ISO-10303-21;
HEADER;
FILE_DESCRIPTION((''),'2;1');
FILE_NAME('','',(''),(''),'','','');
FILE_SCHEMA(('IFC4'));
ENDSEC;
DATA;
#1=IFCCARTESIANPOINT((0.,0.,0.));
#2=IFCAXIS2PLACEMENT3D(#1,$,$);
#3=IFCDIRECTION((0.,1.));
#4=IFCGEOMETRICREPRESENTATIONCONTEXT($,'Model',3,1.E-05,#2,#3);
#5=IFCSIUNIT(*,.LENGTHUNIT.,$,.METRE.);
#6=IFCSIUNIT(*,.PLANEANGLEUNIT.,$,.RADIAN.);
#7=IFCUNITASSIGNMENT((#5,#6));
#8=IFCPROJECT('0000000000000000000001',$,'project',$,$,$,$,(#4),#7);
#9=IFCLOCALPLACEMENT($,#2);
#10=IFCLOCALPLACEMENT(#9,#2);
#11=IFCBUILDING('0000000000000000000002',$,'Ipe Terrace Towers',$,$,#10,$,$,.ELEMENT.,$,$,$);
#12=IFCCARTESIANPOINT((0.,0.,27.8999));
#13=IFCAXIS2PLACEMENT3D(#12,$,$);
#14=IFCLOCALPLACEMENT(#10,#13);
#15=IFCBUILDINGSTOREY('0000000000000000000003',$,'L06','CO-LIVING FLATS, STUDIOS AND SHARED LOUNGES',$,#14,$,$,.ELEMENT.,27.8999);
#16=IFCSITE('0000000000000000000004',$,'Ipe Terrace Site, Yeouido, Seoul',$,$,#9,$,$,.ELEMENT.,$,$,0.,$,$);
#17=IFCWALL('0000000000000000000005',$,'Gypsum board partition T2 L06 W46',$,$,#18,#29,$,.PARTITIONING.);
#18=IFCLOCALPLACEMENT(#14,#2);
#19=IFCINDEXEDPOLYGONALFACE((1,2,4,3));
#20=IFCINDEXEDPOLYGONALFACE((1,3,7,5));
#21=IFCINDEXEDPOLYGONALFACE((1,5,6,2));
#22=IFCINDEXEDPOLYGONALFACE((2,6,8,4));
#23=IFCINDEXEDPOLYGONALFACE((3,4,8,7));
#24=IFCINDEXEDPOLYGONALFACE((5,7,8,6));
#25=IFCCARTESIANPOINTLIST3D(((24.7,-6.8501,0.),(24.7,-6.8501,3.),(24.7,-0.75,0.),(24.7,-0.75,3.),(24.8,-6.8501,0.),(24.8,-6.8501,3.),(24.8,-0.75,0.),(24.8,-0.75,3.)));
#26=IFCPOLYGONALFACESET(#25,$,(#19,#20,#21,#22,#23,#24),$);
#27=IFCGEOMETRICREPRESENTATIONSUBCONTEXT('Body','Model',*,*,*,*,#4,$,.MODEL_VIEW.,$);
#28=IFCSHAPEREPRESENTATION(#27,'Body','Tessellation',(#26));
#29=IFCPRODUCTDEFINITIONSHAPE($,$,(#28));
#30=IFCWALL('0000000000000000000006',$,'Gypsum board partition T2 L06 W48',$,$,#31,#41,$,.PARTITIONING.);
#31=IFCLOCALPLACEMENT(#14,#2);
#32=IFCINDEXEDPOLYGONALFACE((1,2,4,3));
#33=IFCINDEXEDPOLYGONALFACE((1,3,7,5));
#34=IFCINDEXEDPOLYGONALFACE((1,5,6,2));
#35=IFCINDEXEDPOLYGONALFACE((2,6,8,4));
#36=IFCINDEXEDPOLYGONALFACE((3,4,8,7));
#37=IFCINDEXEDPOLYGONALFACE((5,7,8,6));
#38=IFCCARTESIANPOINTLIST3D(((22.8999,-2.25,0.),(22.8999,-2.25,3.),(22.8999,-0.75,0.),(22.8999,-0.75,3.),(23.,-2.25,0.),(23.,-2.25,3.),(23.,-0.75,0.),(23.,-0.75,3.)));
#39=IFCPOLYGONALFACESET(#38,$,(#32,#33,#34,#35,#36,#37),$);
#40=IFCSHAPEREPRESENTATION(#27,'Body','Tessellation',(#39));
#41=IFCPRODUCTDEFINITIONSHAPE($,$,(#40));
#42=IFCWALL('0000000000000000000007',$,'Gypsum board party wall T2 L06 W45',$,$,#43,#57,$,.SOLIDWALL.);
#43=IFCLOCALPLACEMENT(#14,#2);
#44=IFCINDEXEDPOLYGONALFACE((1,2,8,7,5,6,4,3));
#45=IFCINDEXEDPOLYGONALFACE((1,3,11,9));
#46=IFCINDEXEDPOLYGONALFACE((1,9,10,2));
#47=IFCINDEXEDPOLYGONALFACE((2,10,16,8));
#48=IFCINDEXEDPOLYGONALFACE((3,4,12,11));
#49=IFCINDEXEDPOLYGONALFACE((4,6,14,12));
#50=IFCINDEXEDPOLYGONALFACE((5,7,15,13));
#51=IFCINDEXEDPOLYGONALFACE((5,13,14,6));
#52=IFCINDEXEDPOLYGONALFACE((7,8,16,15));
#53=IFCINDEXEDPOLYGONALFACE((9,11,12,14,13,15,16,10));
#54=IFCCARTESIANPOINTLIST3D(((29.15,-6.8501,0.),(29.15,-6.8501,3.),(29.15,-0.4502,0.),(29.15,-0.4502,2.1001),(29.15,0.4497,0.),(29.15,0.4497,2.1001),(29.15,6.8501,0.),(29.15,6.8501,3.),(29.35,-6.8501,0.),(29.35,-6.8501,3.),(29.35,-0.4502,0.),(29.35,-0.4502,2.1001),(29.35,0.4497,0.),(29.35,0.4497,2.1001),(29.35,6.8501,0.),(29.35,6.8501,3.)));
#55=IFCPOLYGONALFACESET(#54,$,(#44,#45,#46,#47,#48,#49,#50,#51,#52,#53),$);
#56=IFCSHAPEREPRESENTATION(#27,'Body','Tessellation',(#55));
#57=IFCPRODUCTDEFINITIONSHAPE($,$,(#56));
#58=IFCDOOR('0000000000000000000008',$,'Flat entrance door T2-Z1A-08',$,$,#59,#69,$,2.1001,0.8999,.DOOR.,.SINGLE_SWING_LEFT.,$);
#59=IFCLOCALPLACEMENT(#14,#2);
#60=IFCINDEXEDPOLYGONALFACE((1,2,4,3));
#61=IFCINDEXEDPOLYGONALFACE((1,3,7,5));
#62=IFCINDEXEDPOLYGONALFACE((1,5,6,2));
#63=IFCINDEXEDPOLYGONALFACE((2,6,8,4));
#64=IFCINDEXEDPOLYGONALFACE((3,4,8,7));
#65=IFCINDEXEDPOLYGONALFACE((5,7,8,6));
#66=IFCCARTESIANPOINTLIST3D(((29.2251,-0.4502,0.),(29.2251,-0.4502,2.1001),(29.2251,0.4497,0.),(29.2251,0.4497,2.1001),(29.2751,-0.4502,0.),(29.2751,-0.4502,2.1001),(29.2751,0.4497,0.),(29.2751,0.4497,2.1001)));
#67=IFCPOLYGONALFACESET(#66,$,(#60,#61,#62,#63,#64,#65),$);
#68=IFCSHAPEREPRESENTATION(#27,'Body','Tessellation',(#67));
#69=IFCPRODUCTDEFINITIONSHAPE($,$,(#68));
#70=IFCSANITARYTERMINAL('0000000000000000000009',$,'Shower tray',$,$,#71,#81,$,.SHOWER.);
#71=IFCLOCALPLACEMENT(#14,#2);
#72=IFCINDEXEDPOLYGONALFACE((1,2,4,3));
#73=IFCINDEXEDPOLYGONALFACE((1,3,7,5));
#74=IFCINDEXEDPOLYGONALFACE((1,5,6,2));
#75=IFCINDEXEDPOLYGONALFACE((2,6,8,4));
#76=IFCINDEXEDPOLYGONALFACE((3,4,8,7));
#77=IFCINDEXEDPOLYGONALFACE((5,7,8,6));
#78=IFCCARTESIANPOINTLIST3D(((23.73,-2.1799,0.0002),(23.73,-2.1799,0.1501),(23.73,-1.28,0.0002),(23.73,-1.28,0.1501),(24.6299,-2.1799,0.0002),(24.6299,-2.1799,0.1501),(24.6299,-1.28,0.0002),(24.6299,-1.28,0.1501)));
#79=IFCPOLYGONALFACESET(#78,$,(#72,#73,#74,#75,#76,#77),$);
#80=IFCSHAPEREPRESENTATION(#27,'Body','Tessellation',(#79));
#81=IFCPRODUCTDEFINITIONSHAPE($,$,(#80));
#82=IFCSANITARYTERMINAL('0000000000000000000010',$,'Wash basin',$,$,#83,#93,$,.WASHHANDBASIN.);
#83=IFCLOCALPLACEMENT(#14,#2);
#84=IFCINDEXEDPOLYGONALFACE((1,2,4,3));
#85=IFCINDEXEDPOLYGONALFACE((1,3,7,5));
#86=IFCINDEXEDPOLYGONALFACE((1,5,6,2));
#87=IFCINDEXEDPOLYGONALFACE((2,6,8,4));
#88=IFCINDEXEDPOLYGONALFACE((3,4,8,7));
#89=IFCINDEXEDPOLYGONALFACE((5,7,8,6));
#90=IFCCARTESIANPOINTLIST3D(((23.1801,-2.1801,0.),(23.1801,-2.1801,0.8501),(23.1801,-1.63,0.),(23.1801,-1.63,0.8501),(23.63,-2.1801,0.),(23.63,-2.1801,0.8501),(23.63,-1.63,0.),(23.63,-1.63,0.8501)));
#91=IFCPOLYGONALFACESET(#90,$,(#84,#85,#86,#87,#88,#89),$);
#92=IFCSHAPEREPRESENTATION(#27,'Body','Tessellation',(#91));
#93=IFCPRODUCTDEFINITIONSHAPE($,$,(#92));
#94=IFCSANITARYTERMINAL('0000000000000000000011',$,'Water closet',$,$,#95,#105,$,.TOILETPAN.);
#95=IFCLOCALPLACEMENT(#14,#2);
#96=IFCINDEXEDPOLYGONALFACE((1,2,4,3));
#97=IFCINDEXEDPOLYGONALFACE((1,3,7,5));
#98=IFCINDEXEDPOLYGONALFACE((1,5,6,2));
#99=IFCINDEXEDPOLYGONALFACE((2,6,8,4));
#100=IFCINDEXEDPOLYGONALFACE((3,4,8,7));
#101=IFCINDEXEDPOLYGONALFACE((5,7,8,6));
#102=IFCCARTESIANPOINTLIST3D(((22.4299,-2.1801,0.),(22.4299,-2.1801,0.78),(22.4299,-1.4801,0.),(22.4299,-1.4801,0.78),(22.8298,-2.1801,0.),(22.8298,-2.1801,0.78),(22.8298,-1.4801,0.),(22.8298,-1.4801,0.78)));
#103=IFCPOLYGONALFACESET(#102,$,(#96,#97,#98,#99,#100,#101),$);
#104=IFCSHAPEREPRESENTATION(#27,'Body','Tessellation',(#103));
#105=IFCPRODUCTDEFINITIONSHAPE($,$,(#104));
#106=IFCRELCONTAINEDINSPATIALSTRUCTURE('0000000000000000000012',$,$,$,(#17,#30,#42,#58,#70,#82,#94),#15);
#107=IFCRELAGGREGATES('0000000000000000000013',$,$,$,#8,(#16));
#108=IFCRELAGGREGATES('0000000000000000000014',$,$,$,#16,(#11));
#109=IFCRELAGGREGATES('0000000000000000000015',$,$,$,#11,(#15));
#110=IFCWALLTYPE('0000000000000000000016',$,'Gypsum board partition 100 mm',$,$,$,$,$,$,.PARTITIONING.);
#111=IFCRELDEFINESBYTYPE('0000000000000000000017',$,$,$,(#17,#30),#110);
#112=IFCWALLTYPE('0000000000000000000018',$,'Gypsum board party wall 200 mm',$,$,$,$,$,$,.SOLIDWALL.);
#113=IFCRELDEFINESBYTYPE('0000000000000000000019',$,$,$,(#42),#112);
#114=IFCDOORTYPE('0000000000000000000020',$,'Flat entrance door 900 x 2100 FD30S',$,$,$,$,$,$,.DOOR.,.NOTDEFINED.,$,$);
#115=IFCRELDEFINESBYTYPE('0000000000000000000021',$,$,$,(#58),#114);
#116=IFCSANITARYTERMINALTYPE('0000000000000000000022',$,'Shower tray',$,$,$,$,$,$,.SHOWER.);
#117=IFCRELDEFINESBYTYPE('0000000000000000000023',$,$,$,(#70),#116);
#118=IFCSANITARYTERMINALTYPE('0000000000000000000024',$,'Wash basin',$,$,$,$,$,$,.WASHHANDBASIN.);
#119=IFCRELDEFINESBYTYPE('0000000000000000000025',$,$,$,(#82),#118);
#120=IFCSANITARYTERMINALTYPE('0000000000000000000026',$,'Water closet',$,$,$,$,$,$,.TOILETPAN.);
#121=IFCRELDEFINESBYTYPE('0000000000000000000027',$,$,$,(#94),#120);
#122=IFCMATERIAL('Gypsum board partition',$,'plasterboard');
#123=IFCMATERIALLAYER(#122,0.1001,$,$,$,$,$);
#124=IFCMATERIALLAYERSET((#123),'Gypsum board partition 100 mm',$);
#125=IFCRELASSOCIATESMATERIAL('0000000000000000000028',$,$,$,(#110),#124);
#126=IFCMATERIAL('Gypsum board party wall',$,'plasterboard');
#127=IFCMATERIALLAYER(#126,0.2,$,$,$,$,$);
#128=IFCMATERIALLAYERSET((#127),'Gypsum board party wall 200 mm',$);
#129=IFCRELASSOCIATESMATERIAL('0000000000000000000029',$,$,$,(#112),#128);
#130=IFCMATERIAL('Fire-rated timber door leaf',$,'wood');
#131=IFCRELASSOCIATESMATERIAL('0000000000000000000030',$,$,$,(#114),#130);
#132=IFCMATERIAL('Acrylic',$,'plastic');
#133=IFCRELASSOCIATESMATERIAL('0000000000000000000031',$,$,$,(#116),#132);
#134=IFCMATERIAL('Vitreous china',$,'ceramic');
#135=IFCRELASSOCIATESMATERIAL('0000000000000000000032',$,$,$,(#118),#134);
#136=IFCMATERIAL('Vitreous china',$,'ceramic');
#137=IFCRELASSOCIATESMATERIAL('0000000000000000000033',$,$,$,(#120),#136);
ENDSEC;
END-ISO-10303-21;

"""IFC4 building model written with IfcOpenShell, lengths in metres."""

from ifc_helpers import new_model, si_unit, direction, frame, frame_2d, origin, origin_2d, place, context, subcontext, project, spatial, rectangle, extrude, material, layer, layer_set, type_object, element, fill, save


model = new_model("IFC4")

# Units and contexts
model_context = context("Model", 3, precision=1e-05, world=origin(), true_north=direction((0.0, 1.0)))
body_context = subcontext(model_context, "Body", "Model", "MODEL_VIEW")
ifc_project = project(units=[si_unit("LENGTHUNIT", "METRE"), si_unit("PLANEANGLEUNIT", "RADIAN")], contexts=[model_context])

# Site, building, storey
site_placement = place(None, origin())
site = spatial("IfcSite", under=ifc_project, at=site_placement, Name="Ipe Terrace Site, Yeouido, Seoul", CompositionType="ELEMENT", RefElevation=0.0)
building_placement = place(site_placement, origin())
building = spatial("IfcBuilding", under=site, at=building_placement, Name="Ipe Terrace Towers", CompositionType="ELEMENT")
storey_placement = place(building_placement, frame((0.0, 0.0, 27.8999)))
storey = spatial("IfcBuildingStorey", under=building, at=storey_placement, Name="L06", Description="CO-LIVING FLATS, STUDIOS AND SHARED LOUNGES", CompositionType="ELEMENT", Elevation=27.8999)

# Shared definitions
ifc_material_1 = material(Name="Gypsum board partition", Category="plasterboard")
ifc_layer_1 = layer(ifc_material_1, 0.1001)
ifc_layer_set_1 = layer_set([ifc_layer_1], Name="Gypsum board partition 100 mm")
wall_type_1 = type_object("IfcWallType", Name="Gypsum board partition 100 mm", PredefinedType="PARTITIONING", material=ifc_layer_set_1)

# Walls
wall_1_placement = place(storey_placement, frame((24.75, -6.8501, 0.0), z_axis=(0.0, 0.0, 1.0), x_axis=(0.0, 1.0, 0.0)))
element("IfcWall", 1, at=wall_1_placement, inside=storey, type_object=wall_type_1, Name="Gypsum board partition T2 L06 W46", PredefinedType="PARTITIONING", context=body_context, shape_type="SweptSolid", body=[
    extrude(rectangle(XDim=6.1001, YDim=0.1001, at=frame_2d((3.05, 0.0))), origin(), (0.0, 0.0, 1.0), 3.0),
])
wall_2_placement = place(storey_placement, frame((22.95, -2.25, 0.0), z_axis=(0.0, 0.0, 1.0), x_axis=(0.0, 1.0, 0.0)))
element("IfcWall", 2, at=wall_2_placement, inside=storey, type_object=wall_type_1, Name="Gypsum board partition T2 L06 W48", PredefinedType="PARTITIONING", context=body_context, shape_type="SweptSolid", body=[
    extrude(rectangle(XDim=1.5, YDim=0.1001, at=frame_2d((0.75, 0.0))), origin(), (0.0, 0.0, 1.0), 3.0),
])

# Wall, opening, door
ifc_material_2 = material(Name="Gypsum board party wall", Category="plasterboard")
ifc_layer_2 = layer(ifc_material_2, 0.2)
ifc_layer_set_2 = layer_set([ifc_layer_2], Name="Gypsum board party wall 200 mm")
wall_type_2 = type_object("IfcWallType", Name="Gypsum board party wall 200 mm", PredefinedType="SOLIDWALL", material=ifc_layer_set_2)
wall_3_placement = place(storey_placement, frame((29.25, -6.8501, 0.0), z_axis=(0.0, 0.0, 1.0), x_axis=(0.0, 1.0, 0.0)))
wall_3 = element("IfcWall", 3, at=wall_3_placement, inside=storey, type_object=wall_type_2, Name="Gypsum board party wall T2 L06 W45", PredefinedType="SOLIDWALL", context=body_context, shape_type="SweptSolid", body=[
    extrude(rectangle(XDim=13.7002, YDim=0.2, at=frame_2d((6.8501, 0.0))), origin(), (0.0, 0.0, 1.0), 3.0),
])
opening_1_placement = place(wall_3_placement, frame((6.3999, 0.0, 0.0)))
opening_1 = element("IfcOpeningElement", 4, at=opening_1_placement, cuts=wall_3, PredefinedType="OPENING", context=body_context, shape_type="SweptSolid", body=[
    extrude(rectangle(XDim=0.8999, YDim=2.1001, at=frame_2d((0.45, 1.05))), frame((0.0, 0.1099, 0.0), z_axis=(0.0, -1.0, 0.0), x_axis=(1.0, 0.0, 0.0)), (0.0, 0.0, 1.0), 0.22),
])
ifc_material_3 = material(Name="Fire-rated timber door leaf", Category="wood")
door_type_1 = type_object("IfcDoorType", Name="Flat entrance door 900 x 2100 FD30S", OperationType="NOTDEFINED", PredefinedType="DOOR", material=ifc_material_3)
door_1_placement = place(opening_1_placement, origin())
door_1 = element("IfcDoor", 5, at=door_1_placement, inside=storey, type_object=door_type_1, Name="Flat entrance door T2-Z1A-08", OperationType="SINGLE_SWING_LEFT", OverallHeight=2.1001, OverallWidth=0.8999, PredefinedType="DOOR", context=body_context, shape_type="SweptSolid", body=[
    extrude(rectangle(XDim=0.8999, YDim=2.1001, at=frame_2d((0.45, 1.05))), frame((0.0, 0.0249, 0.0), z_axis=(0.0, -1.0, 0.0), x_axis=(1.0, 0.0, 0.0)), (0.0, 0.0, 1.0), 0.05),
])
fill(opening_1, door_1)

# Sanitary terminals
ifc_material_4 = material(Name="Acrylic", Category="plastic")
sanitary_terminal_type_1 = type_object("IfcSanitaryTerminalType", Name="Shower tray", PredefinedType="SHOWER", material=ifc_material_4)
sanitary_terminal_1_placement = place(storey_placement, frame((24.1799, -1.73, 0.0002), z_axis=(0.0, 0.0, 1.0), x_axis=(0.0, 1.0, 0.0)))
element("IfcSanitaryTerminal", 6, at=sanitary_terminal_1_placement, inside=storey, type_object=sanitary_terminal_type_1, Name="Shower tray", PredefinedType="SHOWER", context=body_context, shape_type="SweptSolid", body=[
    extrude(rectangle(XDim=0.8999, YDim=0.8999, at=origin_2d()), origin(), (0.0, 0.0, 1.0), 0.1499),
])
ifc_material_5 = material(Name="Vitreous china", Category="ceramic")
sanitary_terminal_type_2 = type_object("IfcSanitaryTerminalType", Name="Wash basin", PredefinedType="WASHHANDBASIN", material=ifc_material_5)
sanitary_terminal_2_placement = place(storey_placement, frame((23.405, -1.905, 0.0), z_axis=(0.0, 0.0, 1.0), x_axis=(0.0, 1.0, 0.0)))
element("IfcSanitaryTerminal", 7, at=sanitary_terminal_2_placement, inside=storey, type_object=sanitary_terminal_type_2, Name="Wash basin", PredefinedType="WASHHANDBASIN", context=body_context, shape_type="SweptSolid", body=[
    extrude(rectangle(XDim=0.55, YDim=0.45, at=origin_2d()), origin(), (0.0, 0.0, 1.0), 0.8501),
])
ifc_material_6 = material(Name="Vitreous china", Category="ceramic")
sanitary_terminal_type_3 = type_object("IfcSanitaryTerminalType", Name="Water closet", PredefinedType="TOILETPAN", material=ifc_material_6)
sanitary_terminal_3_placement = place(storey_placement, frame((22.6299, -1.8301, 0.0), z_axis=(0.0, 0.0, 1.0), x_axis=(0.0, 1.0, 0.0)))
element("IfcSanitaryTerminal", 8, at=sanitary_terminal_3_placement, inside=storey, type_object=sanitary_terminal_type_3, Name="Water closet", PredefinedType="TOILETPAN", context=body_context, shape_type="SweptSolid", body=[
    extrude(rectangle(XDim=0.7, YDim=0.3999, at=origin_2d()), origin(), (0.0, 0.0, 1.0), 0.78),
])

save(model, "model.ifc")
